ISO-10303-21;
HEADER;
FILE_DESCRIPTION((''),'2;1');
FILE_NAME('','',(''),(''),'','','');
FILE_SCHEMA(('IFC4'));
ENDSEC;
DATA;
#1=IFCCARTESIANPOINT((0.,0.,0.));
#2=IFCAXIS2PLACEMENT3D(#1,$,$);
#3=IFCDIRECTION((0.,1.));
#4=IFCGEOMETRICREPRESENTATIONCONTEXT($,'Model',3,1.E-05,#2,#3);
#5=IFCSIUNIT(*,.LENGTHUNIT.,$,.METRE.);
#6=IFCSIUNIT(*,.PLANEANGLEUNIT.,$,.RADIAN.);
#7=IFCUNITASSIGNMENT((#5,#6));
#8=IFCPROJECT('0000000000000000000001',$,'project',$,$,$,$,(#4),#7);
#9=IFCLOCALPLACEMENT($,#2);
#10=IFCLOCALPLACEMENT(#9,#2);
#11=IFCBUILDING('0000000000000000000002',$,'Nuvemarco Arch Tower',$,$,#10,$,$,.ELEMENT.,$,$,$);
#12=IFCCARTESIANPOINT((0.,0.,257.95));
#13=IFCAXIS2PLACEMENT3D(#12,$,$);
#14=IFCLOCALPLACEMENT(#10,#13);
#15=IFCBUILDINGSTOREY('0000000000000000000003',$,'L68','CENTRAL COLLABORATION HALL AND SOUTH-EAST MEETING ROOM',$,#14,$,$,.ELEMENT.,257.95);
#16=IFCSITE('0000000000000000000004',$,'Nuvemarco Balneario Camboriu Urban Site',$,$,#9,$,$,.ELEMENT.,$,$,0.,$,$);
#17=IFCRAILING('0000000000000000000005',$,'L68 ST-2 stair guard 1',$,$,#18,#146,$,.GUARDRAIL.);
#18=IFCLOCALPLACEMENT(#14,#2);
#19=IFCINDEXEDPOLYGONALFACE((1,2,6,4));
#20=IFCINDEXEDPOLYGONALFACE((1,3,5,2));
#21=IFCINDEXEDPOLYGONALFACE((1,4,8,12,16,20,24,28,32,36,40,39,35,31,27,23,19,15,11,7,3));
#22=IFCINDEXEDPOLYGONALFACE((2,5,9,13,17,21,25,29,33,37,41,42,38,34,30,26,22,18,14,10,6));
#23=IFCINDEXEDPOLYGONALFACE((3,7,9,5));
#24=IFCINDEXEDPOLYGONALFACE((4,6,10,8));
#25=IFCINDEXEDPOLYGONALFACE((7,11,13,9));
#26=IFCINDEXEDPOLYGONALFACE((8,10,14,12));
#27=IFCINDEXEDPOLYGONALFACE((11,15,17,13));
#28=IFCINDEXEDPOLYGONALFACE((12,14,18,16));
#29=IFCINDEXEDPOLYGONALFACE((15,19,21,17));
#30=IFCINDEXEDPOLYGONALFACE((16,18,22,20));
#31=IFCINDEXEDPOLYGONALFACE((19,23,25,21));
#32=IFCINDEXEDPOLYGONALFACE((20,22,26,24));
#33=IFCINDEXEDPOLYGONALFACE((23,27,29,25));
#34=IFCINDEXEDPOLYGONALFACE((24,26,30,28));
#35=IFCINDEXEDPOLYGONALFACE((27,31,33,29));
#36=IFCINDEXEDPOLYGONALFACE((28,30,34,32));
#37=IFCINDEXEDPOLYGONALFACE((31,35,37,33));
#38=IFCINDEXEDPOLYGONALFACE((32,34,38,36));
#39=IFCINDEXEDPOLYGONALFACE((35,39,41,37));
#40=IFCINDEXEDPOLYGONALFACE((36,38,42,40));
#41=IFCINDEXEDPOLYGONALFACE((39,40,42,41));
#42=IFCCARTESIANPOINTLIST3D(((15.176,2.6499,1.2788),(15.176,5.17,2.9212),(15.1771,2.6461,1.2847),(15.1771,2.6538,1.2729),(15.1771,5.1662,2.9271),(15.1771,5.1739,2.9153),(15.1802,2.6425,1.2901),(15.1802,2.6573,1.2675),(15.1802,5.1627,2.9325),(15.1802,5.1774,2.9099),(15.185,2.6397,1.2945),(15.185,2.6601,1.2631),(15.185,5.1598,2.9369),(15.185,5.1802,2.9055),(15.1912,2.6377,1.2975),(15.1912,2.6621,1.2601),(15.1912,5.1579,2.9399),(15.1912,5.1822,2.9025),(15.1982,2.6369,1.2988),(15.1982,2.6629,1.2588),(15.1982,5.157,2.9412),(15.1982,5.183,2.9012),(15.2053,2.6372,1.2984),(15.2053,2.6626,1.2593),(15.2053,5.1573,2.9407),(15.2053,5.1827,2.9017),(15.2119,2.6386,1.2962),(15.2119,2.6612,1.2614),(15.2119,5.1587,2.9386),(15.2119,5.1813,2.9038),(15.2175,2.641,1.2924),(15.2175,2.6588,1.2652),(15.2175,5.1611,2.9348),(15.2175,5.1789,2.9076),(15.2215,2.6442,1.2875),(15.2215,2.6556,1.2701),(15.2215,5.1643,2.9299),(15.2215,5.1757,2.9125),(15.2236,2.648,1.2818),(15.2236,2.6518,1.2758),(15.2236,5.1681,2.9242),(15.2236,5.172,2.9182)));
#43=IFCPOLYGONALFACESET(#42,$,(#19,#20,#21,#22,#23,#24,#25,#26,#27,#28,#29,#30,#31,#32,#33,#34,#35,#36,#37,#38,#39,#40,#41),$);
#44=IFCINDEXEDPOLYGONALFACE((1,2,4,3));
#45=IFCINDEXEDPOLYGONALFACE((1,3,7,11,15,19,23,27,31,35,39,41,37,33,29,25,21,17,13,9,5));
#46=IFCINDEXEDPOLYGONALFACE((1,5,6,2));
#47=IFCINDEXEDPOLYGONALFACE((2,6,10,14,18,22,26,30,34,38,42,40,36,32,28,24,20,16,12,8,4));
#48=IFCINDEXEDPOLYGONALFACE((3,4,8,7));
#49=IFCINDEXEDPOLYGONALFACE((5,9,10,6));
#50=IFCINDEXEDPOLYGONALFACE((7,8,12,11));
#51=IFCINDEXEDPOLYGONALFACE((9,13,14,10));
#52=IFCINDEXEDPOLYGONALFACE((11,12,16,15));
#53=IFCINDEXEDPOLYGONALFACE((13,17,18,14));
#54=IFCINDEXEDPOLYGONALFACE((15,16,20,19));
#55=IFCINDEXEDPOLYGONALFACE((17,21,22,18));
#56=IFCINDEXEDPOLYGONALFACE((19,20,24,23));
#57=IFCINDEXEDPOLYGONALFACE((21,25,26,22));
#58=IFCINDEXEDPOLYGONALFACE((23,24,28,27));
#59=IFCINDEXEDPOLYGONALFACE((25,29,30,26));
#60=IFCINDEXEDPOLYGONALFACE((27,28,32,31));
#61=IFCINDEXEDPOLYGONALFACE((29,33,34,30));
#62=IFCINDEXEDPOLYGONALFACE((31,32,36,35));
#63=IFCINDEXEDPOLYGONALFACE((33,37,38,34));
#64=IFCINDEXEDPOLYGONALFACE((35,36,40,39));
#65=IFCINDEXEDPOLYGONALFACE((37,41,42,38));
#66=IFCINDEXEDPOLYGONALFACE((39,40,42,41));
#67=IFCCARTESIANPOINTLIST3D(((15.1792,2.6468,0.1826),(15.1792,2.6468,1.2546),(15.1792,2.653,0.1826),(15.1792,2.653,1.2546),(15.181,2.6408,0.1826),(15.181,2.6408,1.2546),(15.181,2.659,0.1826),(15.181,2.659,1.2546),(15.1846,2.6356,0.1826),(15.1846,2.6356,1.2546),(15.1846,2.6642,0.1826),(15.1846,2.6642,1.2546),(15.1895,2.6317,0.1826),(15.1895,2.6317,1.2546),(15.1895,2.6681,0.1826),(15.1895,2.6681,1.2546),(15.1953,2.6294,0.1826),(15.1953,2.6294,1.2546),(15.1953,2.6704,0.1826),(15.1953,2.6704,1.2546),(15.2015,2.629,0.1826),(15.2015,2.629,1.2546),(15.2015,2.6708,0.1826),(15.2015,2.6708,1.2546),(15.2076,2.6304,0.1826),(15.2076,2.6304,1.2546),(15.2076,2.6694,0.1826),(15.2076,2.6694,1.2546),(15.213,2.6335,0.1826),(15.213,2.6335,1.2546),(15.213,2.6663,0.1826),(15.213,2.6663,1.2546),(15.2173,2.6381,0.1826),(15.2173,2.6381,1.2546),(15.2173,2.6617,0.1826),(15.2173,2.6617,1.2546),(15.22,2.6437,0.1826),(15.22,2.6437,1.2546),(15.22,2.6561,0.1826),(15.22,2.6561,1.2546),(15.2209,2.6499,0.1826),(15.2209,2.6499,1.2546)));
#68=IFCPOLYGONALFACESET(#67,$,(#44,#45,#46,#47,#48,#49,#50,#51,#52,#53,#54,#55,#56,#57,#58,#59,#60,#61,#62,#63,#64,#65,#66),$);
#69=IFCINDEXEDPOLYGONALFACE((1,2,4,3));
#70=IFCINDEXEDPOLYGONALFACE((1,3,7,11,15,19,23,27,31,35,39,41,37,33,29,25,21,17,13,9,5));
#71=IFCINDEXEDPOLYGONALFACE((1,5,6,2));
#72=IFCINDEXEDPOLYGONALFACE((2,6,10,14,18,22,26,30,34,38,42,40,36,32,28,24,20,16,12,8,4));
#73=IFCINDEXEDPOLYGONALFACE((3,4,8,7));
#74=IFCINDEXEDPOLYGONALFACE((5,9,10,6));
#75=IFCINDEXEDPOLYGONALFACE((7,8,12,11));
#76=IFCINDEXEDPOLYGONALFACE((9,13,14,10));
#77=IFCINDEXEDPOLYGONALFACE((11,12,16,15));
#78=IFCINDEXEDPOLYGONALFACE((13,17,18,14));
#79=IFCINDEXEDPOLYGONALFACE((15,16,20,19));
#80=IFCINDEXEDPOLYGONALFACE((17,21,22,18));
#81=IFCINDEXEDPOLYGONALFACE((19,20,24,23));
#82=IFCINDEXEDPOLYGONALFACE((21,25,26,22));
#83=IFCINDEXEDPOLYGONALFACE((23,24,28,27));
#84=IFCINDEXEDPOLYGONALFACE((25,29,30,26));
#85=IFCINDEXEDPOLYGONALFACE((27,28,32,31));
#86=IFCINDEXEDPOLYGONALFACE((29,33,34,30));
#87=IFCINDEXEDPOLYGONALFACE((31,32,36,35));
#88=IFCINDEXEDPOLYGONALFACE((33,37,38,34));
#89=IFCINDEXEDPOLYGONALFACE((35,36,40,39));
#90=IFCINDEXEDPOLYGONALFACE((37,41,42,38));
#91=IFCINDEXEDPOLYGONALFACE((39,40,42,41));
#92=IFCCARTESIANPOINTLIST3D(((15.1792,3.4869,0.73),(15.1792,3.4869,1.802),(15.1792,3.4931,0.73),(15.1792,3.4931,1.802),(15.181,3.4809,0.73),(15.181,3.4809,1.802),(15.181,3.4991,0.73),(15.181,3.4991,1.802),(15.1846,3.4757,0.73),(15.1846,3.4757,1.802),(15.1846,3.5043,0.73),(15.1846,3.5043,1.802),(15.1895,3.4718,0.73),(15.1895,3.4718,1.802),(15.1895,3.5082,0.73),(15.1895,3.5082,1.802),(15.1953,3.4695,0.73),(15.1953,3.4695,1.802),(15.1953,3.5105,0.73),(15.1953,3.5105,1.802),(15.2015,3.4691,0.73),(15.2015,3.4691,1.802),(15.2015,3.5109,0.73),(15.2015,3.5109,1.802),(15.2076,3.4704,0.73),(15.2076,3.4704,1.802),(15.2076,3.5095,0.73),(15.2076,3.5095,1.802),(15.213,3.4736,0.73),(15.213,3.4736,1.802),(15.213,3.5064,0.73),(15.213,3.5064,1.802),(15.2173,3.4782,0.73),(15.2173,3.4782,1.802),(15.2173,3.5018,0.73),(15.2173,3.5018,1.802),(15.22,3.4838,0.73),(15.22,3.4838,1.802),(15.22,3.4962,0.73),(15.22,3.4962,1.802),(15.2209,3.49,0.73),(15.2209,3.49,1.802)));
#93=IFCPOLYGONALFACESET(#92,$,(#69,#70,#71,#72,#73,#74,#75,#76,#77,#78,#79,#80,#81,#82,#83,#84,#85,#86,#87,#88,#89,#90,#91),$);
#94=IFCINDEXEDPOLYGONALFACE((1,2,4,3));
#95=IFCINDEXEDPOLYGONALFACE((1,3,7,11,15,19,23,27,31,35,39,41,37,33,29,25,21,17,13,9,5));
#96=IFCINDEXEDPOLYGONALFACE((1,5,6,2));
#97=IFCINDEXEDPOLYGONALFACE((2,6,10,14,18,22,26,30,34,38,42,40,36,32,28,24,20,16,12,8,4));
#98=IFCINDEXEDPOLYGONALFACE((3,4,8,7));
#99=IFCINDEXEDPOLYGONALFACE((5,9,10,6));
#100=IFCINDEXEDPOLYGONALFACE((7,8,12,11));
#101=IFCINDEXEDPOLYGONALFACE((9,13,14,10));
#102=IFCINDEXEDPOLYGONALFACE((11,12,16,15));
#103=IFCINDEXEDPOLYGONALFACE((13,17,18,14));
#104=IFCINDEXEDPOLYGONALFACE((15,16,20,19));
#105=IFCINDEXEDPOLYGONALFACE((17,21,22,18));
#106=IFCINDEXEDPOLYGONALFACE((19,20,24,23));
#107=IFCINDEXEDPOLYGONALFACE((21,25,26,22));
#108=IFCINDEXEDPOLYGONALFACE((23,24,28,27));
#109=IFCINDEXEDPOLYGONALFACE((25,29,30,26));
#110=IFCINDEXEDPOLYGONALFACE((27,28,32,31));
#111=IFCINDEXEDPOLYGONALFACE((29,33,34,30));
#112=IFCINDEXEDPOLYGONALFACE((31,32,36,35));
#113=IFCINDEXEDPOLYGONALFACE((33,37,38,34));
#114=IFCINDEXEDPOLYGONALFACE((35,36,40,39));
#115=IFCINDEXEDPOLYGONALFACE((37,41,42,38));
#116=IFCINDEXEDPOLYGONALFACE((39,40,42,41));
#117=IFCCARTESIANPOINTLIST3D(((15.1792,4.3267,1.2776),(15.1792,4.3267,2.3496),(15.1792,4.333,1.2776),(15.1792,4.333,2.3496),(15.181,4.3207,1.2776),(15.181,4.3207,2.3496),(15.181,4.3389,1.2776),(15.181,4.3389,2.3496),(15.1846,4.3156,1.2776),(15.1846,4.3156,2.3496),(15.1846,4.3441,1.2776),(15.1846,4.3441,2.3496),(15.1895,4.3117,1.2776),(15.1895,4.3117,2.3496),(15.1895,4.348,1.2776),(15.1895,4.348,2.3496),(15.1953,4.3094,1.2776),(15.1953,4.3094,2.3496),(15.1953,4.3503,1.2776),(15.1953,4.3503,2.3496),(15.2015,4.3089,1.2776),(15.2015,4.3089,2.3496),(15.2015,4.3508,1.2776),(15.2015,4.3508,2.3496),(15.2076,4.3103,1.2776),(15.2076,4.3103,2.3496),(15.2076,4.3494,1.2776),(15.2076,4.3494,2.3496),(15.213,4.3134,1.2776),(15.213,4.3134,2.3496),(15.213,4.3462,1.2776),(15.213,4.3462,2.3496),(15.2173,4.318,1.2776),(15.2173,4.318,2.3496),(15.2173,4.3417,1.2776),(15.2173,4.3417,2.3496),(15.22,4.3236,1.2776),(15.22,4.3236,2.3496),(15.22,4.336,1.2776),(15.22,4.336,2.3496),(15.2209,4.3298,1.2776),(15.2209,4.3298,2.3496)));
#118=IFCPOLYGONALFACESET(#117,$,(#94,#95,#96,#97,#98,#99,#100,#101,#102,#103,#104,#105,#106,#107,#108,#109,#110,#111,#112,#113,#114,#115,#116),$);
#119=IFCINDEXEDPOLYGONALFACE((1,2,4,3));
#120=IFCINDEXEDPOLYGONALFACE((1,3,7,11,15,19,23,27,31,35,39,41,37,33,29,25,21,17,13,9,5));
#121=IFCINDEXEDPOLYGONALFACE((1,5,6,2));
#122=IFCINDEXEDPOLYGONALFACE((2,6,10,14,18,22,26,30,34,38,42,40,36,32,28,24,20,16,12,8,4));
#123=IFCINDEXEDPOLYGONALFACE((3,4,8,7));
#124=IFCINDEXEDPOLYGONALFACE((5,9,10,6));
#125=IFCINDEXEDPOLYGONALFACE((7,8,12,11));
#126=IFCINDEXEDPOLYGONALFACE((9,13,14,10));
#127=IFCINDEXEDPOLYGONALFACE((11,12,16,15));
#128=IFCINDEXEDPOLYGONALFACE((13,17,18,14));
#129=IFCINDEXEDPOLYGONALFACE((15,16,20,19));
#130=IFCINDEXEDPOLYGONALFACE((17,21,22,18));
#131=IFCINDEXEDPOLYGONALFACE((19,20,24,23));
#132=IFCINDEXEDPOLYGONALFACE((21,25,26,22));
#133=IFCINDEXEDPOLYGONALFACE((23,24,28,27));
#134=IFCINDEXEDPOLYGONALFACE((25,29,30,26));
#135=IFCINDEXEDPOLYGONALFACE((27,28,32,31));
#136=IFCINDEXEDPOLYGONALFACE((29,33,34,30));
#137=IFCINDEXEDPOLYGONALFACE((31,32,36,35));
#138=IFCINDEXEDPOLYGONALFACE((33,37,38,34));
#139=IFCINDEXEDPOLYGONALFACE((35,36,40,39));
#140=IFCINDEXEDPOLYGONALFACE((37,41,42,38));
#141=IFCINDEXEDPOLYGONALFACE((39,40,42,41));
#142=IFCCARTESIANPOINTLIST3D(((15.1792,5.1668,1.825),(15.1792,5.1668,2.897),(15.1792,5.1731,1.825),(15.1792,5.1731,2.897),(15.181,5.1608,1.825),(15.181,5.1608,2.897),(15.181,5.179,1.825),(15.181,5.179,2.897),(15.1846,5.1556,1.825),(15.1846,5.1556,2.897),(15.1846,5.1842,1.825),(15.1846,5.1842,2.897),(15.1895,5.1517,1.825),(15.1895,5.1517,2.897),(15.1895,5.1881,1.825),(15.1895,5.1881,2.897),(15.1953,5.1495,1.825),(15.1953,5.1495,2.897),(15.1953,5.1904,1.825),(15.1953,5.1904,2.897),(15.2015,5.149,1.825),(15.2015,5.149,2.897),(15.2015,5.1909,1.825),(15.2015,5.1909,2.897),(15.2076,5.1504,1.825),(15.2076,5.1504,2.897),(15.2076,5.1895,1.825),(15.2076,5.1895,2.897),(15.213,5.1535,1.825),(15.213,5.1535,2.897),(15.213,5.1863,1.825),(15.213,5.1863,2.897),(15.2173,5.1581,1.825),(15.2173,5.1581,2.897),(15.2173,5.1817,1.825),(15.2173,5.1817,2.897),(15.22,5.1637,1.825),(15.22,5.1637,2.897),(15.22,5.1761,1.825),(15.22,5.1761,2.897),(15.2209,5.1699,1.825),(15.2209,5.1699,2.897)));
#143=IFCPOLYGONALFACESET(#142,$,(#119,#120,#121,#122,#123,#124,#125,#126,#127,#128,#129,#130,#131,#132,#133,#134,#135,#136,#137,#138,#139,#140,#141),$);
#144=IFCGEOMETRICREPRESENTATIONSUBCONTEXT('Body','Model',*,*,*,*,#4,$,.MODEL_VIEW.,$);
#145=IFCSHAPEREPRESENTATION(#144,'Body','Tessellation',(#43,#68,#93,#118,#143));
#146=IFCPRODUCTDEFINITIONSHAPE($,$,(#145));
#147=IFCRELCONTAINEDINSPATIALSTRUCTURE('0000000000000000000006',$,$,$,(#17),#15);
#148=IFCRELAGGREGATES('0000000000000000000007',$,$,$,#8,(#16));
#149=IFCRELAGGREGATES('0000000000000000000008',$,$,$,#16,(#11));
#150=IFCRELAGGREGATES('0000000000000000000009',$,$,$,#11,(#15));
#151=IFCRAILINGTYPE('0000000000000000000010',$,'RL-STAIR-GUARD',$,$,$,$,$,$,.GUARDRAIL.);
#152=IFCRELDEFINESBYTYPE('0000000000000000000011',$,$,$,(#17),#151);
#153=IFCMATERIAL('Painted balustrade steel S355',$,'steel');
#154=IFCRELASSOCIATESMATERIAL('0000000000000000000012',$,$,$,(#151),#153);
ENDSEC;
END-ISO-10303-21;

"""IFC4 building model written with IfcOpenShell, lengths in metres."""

from ifc_helpers import new_model, si_unit, direction, frame, origin, origin_2d, place, context, subcontext, project, spatial, circle, extrude, material, type_object, element, save


model = new_model("IFC4")

# Units and contexts
model_context = context("Model", 3, precision=1e-05, world=origin(), true_north=direction((0.0, 1.0)))
body_context = subcontext(model_context, "Body", "Model", "MODEL_VIEW")
ifc_project = project(units=[si_unit("LENGTHUNIT", "METRE"), si_unit("PLANEANGLEUNIT", "RADIAN")], contexts=[model_context])

# Site, building, storey
site_placement = place(None, origin())
site = spatial("IfcSite", under=ifc_project, at=site_placement, Name="Nuvemarco Balneario Camboriu Urban Site", CompositionType="ELEMENT", RefElevation=0.0)
building_placement = place(site_placement, origin())
building = spatial("IfcBuilding", under=site, at=building_placement, Name="Nuvemarco Arch Tower", CompositionType="ELEMENT")
storey_placement = place(building_placement, frame((0.0, 0.0, 257.95)))
storey = spatial("IfcBuildingStorey", under=building, at=storey_placement, Name="L68", Description="CENTRAL COLLABORATION HALL AND SOUTH-EAST MEETING ROOM", CompositionType="ELEMENT", Elevation=257.95)

# Railing
ifc_material_1 = material(Name="Painted balustrade steel S355", Category="steel")
railing_type_1 = type_object("IfcRailingType", Name="RL-STAIR-GUARD", PredefinedType="GUARDRAIL", material=ifc_material_1)
railing_1_placement = place(storey_placement, frame((15.2, 2.6499, 0.1826)))
element("IfcRailing", 1, at=railing_1_placement, inside=storey, type_object=railing_type_1, Name="L68 ST-2 stair guard 1", PredefinedType="GUARDRAIL", context=body_context, shape_type="SweptSolid", body=[
    extrude(circle(Radius=0.0239, at=origin_2d()), frame((0.0, 0.0, 1.0962), z_axis=(0.0, 0.837787, 0.545998), x_axis=(-1.0, 0.0, 0.0)), (0.0, 0.0, 1.0), 3.0081),
    extrude(circle(Radius=0.021, at=origin_2d()), origin(), (0.0, 0.0, 1.0), 1.072),
    extrude(circle(Radius=0.021, at=origin_2d()), frame((0.0, 0.8401, 0.5474)), (0.0, 0.0, 1.0), 1.072),
    extrude(circle(Radius=0.021, at=origin_2d()), frame((0.0, 1.6799, 1.095)), (0.0, 0.0, 1.0), 1.072),
    extrude(circle(Radius=0.021, at=origin_2d()), frame((0.0, 2.52, 1.6423)), (0.0, 0.0, 1.0), 1.072),
])

save(model, "model.ifc")
